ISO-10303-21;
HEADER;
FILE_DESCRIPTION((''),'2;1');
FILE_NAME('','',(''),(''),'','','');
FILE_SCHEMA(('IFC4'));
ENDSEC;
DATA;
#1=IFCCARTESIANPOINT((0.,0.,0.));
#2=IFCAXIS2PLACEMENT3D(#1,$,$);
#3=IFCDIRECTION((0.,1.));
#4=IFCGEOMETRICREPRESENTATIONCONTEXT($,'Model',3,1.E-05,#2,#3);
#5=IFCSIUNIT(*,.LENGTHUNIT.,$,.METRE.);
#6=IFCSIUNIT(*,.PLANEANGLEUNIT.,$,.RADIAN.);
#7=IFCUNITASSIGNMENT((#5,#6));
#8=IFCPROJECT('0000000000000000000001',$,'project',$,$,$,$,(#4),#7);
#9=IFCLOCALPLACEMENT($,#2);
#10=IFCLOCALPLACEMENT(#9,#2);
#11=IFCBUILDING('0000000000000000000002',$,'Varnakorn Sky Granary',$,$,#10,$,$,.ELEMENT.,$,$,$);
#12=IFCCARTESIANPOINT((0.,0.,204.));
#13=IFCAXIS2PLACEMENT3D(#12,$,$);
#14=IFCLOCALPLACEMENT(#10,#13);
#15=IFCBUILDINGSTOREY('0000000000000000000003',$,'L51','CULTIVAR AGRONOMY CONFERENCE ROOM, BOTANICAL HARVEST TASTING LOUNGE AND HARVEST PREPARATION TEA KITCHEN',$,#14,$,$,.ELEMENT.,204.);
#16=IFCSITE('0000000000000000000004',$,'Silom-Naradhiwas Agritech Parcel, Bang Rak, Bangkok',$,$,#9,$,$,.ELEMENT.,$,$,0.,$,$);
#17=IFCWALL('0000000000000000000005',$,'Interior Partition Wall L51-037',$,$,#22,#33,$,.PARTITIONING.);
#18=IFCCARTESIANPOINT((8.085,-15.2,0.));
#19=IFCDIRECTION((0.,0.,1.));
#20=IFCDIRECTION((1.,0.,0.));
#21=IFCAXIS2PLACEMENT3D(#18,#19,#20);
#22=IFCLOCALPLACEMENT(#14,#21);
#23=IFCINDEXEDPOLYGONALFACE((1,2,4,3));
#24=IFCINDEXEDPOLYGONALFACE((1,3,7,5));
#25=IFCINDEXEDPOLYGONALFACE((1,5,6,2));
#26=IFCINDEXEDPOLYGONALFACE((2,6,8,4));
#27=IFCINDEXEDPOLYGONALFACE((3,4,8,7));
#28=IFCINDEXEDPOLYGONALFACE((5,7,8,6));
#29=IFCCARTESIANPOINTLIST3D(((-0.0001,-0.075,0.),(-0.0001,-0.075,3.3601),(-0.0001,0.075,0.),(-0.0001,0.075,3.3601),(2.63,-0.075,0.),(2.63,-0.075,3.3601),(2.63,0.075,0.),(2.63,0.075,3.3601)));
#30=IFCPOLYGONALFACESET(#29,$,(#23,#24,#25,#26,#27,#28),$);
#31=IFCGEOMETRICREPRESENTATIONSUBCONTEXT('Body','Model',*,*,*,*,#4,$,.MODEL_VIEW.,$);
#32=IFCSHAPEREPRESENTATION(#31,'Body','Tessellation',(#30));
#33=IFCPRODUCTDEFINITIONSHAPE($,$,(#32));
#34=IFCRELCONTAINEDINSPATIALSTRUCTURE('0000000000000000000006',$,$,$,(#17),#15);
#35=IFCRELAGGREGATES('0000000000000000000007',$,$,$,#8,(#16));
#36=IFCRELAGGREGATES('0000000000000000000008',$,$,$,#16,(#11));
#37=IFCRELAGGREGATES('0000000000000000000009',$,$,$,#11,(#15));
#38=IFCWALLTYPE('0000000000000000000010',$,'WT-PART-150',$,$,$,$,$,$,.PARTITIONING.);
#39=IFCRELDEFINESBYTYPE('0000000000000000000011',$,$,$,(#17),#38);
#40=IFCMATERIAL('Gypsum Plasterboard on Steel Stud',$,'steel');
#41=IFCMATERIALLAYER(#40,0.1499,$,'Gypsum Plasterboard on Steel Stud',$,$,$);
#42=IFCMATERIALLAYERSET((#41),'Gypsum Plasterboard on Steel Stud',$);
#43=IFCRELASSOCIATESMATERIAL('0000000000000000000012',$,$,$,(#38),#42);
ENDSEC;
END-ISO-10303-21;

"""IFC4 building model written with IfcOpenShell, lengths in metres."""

from ifc_helpers import new_model, si_unit, direction, frame, frame_2d, origin, place, context, subcontext, project, spatial, rectangle, extrude, material, layer, layer_set, type_object, element, save


model = new_model("IFC4")

# Units and contexts
model_context = context("Model", 3, precision=1e-05, world=origin(), true_north=direction((0.0, 1.0)))
body_context = subcontext(model_context, "Body", "Model", "MODEL_VIEW")
ifc_project = project(units=[si_unit("LENGTHUNIT", "METRE"), si_unit("PLANEANGLEUNIT", "RADIAN")], contexts=[model_context])

# Site, building, storey
site_placement = place(None, origin())
site = spatial("IfcSite", under=ifc_project, at=site_placement, Name="Silom-Naradhiwas Agritech Parcel, Bang Rak, Bangkok", CompositionType="ELEMENT", RefElevation=0.0)
building_placement = place(site_placement, origin())
building = spatial("IfcBuilding", under=site, at=building_placement, Name="Varnakorn Sky Granary", CompositionType="ELEMENT")
storey_placement = place(building_placement, frame((0.0, 0.0, 204.0)))
storey = spatial("IfcBuildingStorey", under=building, at=storey_placement, Name="L51", Description="CULTIVAR AGRONOMY CONFERENCE ROOM, BOTANICAL HARVEST TASTING LOUNGE AND HARVEST PREPARATION TEA KITCHEN", CompositionType="ELEMENT", Elevation=204.0)

# Wall
ifc_material_1 = material(Name="Gypsum Plasterboard on Steel Stud", Category="steel")
ifc_layer_1 = layer(ifc_material_1, 0.1499, Name="Gypsum Plasterboard on Steel Stud")
ifc_layer_set_1 = layer_set([ifc_layer_1], Name="Gypsum Plasterboard on Steel Stud")
wall_type_1 = type_object("IfcWallType", Name="WT-PART-150", PredefinedType="PARTITIONING", material=ifc_layer_set_1)
wall_1_placement = place(storey_placement, frame((8.085, -15.2, 0.0), z_axis=(0.0, 0.0, 1.0), x_axis=(1.0, 0.0, 0.0)))
element("IfcWall", 1, at=wall_1_placement, inside=storey, type_object=wall_type_1, Name="Interior Partition Wall L51-037", PredefinedType="PARTITIONING", context=body_context, shape_type="SweptSolid", body=[
    extrude(rectangle(XDim=2.6301, YDim=0.1499, at=frame_2d((1.3149, 0.0))), origin(), (0.0, 0.0, 1.0), 3.3601),
])

save(model, "model.ifc")
